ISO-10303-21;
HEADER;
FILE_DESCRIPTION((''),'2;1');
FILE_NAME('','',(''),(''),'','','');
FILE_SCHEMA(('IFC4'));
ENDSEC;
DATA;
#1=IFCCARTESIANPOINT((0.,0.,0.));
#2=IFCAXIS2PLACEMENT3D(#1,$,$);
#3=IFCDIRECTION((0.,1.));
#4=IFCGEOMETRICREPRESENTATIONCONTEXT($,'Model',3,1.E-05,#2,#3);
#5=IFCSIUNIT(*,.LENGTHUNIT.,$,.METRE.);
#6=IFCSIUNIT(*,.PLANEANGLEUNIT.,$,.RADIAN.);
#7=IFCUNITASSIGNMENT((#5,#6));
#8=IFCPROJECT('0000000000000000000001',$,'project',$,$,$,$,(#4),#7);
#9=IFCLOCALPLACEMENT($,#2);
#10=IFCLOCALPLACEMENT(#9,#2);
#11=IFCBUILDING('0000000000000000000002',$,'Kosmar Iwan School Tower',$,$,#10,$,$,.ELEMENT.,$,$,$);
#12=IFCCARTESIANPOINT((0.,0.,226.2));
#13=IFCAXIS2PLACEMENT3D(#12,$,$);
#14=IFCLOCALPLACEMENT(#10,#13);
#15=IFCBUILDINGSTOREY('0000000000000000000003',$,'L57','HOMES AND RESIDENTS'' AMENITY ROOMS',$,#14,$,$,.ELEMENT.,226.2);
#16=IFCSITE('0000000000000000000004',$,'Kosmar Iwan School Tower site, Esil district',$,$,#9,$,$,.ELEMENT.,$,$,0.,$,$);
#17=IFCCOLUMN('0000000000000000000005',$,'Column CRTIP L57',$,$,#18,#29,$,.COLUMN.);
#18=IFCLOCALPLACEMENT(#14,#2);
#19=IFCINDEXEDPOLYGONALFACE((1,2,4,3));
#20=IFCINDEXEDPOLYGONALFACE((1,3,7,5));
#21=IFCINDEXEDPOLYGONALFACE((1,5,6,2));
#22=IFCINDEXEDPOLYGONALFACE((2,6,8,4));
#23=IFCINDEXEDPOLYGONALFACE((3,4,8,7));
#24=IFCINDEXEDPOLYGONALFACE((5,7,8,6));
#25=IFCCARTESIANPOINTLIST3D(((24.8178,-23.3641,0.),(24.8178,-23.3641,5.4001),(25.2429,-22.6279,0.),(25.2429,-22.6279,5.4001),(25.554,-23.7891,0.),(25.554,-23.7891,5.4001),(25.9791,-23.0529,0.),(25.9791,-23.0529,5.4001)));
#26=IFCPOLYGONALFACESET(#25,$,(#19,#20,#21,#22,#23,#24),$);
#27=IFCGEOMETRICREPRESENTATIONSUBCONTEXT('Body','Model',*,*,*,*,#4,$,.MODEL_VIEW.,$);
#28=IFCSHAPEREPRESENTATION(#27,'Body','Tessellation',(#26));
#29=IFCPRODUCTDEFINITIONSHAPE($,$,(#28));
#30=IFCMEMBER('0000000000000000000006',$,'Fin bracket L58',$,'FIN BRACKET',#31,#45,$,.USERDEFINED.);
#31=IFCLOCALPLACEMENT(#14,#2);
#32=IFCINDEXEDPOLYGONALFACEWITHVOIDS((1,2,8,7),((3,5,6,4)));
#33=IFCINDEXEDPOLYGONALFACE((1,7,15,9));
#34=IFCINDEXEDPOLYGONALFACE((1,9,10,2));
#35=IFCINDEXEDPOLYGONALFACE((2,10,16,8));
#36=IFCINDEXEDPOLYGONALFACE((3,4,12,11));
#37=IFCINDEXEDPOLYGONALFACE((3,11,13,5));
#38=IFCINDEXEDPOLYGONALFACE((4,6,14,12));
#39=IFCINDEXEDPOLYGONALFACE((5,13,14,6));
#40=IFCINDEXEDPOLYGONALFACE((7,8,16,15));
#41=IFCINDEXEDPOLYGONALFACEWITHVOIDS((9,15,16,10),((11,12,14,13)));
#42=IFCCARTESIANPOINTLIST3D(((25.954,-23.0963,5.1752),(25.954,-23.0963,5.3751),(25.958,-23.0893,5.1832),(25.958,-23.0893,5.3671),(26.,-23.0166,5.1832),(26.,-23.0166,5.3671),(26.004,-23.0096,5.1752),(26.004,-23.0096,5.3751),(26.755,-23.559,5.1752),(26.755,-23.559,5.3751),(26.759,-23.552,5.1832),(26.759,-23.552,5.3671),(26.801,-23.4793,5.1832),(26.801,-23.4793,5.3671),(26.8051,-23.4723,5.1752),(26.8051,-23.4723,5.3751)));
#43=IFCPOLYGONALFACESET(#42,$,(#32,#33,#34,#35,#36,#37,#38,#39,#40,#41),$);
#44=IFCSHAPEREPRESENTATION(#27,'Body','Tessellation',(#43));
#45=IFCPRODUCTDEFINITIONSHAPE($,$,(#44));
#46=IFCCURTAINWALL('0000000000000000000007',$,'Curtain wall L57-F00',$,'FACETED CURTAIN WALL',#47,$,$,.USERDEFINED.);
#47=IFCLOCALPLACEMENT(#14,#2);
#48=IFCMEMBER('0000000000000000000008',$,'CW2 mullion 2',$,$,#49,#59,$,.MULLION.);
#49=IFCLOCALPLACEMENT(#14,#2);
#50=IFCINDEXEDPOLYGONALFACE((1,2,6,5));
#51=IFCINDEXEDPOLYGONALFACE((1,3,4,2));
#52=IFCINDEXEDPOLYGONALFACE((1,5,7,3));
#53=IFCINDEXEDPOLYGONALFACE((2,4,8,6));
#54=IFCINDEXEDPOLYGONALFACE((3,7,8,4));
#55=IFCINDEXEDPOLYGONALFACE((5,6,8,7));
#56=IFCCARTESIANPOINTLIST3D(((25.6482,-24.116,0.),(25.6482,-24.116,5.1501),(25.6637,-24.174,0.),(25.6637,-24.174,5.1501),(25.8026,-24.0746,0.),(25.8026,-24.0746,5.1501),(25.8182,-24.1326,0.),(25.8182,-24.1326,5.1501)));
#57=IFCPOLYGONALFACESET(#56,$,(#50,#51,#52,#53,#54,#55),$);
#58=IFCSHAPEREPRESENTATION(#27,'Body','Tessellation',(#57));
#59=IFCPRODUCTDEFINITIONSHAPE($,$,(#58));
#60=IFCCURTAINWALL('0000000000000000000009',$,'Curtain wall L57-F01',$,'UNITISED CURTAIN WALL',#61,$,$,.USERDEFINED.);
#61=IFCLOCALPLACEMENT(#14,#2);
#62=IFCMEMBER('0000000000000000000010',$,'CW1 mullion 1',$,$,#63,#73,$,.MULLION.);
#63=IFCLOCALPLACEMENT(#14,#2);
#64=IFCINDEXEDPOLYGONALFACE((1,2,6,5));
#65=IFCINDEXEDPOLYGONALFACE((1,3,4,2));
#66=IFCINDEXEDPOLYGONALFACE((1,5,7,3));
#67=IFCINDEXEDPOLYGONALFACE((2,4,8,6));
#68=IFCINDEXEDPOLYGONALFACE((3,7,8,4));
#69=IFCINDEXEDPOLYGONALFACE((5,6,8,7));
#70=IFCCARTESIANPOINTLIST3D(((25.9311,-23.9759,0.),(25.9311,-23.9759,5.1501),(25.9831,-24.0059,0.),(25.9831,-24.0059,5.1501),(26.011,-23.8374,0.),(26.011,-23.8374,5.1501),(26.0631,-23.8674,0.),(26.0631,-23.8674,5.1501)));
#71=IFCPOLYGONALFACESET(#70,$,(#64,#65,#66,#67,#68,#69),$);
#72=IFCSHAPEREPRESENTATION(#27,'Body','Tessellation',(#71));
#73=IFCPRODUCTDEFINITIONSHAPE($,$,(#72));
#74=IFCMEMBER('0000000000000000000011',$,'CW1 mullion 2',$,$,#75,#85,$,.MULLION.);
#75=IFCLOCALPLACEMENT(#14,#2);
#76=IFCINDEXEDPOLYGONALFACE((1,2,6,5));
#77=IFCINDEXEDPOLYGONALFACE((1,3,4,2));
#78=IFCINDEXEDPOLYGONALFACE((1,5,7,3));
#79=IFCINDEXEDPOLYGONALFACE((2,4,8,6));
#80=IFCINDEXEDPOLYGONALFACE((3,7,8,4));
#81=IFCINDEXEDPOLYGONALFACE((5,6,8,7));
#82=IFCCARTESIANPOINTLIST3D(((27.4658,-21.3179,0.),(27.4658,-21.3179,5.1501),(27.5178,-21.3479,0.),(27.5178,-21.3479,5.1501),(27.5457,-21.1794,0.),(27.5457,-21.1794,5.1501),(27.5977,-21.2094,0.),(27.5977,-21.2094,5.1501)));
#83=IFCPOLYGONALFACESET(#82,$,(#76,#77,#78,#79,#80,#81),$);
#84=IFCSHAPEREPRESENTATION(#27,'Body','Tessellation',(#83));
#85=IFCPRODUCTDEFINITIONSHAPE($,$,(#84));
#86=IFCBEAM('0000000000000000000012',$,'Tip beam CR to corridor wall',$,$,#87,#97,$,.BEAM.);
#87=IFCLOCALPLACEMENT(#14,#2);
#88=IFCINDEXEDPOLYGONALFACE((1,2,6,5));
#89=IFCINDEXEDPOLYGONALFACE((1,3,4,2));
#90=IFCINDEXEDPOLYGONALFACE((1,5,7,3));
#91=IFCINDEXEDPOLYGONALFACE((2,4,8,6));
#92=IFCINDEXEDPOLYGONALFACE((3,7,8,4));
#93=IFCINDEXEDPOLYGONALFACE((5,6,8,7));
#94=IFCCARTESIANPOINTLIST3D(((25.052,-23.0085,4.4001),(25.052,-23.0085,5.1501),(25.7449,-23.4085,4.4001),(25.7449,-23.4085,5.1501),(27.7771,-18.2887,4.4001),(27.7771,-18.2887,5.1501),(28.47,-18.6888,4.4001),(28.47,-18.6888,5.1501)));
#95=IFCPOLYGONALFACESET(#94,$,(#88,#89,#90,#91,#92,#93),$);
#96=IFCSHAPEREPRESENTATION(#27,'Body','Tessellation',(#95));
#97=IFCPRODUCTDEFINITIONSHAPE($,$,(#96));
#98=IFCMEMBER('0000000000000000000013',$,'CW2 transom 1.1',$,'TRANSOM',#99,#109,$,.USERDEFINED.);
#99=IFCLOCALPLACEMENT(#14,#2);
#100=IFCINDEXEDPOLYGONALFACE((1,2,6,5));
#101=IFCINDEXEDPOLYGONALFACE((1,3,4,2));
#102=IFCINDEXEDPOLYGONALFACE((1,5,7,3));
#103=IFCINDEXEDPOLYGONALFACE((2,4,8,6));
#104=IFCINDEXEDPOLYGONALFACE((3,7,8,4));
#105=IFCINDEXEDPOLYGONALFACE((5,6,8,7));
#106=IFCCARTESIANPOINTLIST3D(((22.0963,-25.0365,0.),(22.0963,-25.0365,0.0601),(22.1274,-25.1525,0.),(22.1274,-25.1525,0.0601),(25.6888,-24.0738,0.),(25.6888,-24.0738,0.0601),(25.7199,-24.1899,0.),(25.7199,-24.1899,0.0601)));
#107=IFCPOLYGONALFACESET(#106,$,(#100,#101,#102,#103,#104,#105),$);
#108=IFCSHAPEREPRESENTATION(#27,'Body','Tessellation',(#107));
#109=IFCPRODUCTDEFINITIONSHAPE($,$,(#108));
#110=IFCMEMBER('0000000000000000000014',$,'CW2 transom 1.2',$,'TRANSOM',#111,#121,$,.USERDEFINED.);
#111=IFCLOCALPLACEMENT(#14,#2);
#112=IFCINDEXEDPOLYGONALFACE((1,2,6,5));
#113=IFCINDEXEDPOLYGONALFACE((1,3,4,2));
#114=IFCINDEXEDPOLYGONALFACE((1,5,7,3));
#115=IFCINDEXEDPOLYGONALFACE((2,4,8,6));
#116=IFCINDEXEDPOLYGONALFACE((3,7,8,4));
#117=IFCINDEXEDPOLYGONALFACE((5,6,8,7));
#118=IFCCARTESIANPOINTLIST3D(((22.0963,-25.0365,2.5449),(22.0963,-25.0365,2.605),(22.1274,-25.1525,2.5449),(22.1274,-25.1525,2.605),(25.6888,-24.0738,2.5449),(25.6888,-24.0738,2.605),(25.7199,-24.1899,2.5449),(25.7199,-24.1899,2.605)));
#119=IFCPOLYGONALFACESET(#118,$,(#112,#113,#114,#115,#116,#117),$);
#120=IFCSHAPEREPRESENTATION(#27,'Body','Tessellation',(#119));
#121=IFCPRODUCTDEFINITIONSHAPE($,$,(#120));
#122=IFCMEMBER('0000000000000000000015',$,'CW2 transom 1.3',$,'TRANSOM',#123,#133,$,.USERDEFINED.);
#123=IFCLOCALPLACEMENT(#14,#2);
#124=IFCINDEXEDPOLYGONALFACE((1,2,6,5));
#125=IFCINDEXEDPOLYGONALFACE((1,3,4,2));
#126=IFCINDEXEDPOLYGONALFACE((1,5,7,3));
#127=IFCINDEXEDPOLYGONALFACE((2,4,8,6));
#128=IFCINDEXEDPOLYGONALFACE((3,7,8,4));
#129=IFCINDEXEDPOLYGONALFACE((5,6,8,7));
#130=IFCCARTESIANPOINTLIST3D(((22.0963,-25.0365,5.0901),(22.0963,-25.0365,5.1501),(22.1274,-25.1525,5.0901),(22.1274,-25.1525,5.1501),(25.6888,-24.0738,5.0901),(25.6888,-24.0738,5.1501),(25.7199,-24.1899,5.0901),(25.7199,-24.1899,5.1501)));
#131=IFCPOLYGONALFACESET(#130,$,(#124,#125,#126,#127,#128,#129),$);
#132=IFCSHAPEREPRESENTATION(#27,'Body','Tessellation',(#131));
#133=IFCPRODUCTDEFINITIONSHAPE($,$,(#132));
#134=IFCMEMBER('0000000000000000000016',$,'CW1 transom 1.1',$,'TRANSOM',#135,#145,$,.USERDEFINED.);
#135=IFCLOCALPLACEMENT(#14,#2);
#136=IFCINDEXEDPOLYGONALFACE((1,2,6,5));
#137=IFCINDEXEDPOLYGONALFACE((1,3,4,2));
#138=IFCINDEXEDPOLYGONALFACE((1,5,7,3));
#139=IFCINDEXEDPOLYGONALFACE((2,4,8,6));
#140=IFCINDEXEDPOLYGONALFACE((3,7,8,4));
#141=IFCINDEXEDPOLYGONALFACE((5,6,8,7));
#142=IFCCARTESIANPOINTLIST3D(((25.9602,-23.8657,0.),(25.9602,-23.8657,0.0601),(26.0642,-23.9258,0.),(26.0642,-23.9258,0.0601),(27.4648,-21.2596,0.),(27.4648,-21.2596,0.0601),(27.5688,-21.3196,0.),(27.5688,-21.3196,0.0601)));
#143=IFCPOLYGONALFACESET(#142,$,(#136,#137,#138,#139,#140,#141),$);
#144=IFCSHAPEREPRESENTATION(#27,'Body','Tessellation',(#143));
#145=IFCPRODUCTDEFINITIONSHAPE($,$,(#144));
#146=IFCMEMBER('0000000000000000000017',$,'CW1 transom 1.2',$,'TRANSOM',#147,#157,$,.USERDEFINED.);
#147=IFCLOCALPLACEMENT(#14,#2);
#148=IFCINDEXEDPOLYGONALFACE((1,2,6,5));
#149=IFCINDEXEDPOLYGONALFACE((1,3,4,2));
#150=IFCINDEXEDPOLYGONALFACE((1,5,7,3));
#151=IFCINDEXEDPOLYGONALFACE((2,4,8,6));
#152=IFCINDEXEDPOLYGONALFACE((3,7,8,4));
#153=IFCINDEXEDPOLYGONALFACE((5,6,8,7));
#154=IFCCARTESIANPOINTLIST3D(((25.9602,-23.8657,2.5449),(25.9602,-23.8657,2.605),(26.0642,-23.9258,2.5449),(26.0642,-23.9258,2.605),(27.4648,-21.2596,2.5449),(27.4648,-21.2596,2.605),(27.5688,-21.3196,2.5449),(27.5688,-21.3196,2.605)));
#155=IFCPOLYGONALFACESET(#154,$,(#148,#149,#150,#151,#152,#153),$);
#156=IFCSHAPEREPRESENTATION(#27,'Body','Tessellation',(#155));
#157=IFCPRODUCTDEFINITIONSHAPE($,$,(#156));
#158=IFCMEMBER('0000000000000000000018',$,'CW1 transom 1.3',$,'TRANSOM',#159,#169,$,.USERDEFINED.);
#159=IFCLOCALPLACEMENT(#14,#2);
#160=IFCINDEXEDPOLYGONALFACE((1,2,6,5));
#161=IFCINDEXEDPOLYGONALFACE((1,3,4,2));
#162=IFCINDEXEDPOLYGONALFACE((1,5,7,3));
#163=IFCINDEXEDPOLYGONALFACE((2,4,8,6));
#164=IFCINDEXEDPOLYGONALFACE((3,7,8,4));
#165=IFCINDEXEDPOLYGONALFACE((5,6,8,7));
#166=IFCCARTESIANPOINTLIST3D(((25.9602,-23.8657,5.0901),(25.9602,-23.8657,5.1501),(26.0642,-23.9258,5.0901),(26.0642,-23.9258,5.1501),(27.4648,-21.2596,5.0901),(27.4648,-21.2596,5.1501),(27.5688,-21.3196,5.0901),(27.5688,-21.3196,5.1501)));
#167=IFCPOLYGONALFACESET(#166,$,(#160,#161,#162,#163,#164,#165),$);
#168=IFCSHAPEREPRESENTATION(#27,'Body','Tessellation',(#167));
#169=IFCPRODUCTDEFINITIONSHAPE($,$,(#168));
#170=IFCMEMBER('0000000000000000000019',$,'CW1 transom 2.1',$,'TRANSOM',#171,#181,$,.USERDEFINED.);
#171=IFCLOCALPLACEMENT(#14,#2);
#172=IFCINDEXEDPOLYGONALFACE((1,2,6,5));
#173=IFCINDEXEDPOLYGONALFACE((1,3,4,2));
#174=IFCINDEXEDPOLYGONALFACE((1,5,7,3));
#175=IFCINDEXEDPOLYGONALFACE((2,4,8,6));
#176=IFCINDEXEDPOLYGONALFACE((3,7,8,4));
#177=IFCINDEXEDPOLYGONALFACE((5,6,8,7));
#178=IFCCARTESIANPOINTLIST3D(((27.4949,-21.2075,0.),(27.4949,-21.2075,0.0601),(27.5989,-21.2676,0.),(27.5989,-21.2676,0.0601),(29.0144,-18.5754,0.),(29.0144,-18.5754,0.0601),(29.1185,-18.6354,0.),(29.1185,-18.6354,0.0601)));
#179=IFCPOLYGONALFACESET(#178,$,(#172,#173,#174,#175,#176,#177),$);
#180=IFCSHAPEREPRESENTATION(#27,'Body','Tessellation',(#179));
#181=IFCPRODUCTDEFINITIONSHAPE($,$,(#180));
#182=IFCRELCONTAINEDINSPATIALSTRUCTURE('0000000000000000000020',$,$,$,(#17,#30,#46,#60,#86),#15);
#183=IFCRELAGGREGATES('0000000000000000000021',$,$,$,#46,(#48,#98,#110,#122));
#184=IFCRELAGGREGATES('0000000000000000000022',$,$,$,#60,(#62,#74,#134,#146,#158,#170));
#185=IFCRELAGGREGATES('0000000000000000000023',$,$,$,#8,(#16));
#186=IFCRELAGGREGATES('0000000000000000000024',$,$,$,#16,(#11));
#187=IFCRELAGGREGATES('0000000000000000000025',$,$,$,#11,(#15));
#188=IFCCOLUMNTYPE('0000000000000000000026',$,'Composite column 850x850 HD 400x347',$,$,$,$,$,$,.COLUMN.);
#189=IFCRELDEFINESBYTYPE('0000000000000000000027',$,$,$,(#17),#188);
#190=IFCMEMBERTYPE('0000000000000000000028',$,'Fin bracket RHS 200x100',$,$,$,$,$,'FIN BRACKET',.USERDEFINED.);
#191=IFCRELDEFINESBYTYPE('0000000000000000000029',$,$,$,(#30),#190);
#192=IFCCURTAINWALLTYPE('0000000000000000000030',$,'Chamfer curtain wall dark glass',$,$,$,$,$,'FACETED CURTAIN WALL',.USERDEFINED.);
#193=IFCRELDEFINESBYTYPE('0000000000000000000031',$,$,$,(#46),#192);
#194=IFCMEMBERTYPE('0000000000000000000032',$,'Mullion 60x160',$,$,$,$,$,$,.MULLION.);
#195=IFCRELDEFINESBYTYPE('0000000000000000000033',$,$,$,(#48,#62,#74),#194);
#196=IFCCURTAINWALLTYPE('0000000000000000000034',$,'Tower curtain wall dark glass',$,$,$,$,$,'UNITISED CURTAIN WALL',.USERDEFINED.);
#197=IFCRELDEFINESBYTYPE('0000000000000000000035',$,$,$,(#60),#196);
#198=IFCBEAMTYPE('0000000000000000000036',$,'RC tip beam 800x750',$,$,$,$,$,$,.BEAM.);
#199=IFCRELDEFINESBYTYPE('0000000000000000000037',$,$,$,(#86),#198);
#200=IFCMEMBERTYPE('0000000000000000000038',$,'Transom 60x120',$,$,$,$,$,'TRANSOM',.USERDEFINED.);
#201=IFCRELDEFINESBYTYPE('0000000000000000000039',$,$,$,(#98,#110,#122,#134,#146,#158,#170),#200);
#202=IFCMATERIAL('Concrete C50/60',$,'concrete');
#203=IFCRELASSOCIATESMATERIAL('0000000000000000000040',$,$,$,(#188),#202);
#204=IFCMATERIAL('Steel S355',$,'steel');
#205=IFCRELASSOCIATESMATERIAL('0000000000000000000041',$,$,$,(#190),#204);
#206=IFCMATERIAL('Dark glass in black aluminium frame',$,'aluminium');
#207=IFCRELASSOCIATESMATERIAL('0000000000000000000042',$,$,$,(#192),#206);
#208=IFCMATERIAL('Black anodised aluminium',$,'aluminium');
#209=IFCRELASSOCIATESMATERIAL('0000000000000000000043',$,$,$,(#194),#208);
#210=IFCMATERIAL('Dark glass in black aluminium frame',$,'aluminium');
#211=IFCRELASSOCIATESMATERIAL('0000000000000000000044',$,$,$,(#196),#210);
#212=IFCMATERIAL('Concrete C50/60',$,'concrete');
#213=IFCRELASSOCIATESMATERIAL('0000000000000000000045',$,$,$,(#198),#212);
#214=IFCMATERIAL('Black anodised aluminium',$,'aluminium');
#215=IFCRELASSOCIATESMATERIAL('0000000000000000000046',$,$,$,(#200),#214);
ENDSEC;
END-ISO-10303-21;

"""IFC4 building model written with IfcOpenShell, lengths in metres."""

from ifc_helpers import new_model, si_unit, direction, frame, origin, origin_2d, place, context, subcontext, project, spatial, rectangle, hollow_rectangle, extrude, material, material_profile, profile_set, type_object, element, aggregate, save


model = new_model("IFC4")

# Units and contexts
model_context = context("Model", 3, precision=1e-05, world=origin(), true_north=direction((0.0, 1.0)))
body_context = subcontext(model_context, "Body", "Model", "MODEL_VIEW")
ifc_project = project(units=[si_unit("LENGTHUNIT", "METRE"), si_unit("PLANEANGLEUNIT", "RADIAN")], contexts=[model_context])

# Site, building, storey
site_placement = place(None, origin())
site = spatial("IfcSite", under=ifc_project, at=site_placement, Name="Kosmar Iwan School Tower site, Esil district", CompositionType="ELEMENT", RefElevation=0.0)
building_placement = place(site_placement, origin())
building = spatial("IfcBuilding", under=site, at=building_placement, Name="Kosmar Iwan School Tower", CompositionType="ELEMENT")
storey_placement = place(building_placement, frame((0.0, 0.0, 226.2)))
storey = spatial("IfcBuildingStorey", under=building, at=storey_placement, Name="L57", Description="HOMES AND RESIDENTS' AMENITY ROOMS", CompositionType="ELEMENT", Elevation=226.2)

# Column
ifc_material_1 = material(Name="Concrete C50/60", Category="concrete")
ifc_material_profile_1 = material_profile(ifc_material_1, rectangle(XDim=0.8501, YDim=0.8501, at=origin_2d()), Name="RC 850x850 + HD 400x347")
ifc_profile_set_1 = profile_set([ifc_material_profile_1], Name="Concrete C50/60")
column_type = type_object("IfcColumnType", Name="Composite column 850x850 HD 400x347", PredefinedType="COLUMN", material=ifc_profile_set_1)
column_placement = place(storey_placement, frame((25.3984, -23.2085, 0.0), z_axis=(0.0, 0.0, 1.0), x_axis=(0.866025, -0.5, 0.0)))
element("IfcColumn", 1, at=column_placement, inside=storey, type_object=column_type, Name="Column CRTIP L57", PredefinedType="COLUMN", context=body_context, shape_type="SweptSolid", body=[
    extrude(rectangle(XDim=0.8501, YDim=0.8501, at=origin_2d()), origin(), (0.0, 0.0, 1.0), 5.4001),
])

# Member
ifc_material_2 = material(Name="Steel S355", Category="steel")
ifc_material_profile_2 = material_profile(ifc_material_2, hollow_rectangle(XDim=0.1001, YDim=0.2, WallThickness=0.0081, at=origin_2d()), Name="RHS 200x100x8")
ifc_profile_set_2 = profile_set([ifc_material_profile_2], Name="Steel S355")
member_type_1 = type_object("IfcMemberType", Name="Fin bracket RHS 200x100", ElementType="FIN BRACKET", PredefinedType="USERDEFINED", material=ifc_profile_set_2)
member_1_placement = place(storey_placement, frame((25.979, -23.053, 5.2751), z_axis=(0.865944, -0.500141, 0.0), x_axis=(0.500141, 0.865944, 0.0)))
element("IfcMember", 2, at=member_1_placement, inside=storey, type_object=member_type_1, Name="Fin bracket L58", ObjectType="FIN BRACKET", PredefinedType="USERDEFINED", context=body_context, shape_type="SweptSolid", body=[
    extrude(hollow_rectangle(XDim=0.1001, YDim=0.2, WallThickness=0.0081, at=origin_2d()), origin(), (0.0, 0.0, 1.0), 0.925),
])

# Curtain wall, member
ifc_material_3 = material(Name="Dark glass in black aluminium frame", Category="aluminium")
curtain_wall_type_1 = type_object("IfcCurtainWallType", Name="Chamfer curtain wall dark glass", ElementType="FACETED CURTAIN WALL", PredefinedType="USERDEFINED", material=ifc_material_3)
curtain_wall_1_placement = place(storey_placement, origin())
curtain_wall_1 = element("IfcCurtainWall", 3, at=curtain_wall_1_placement, inside=storey, type_object=curtain_wall_type_1, Name="Curtain wall L57-F00", ObjectType="FACETED CURTAIN WALL", PredefinedType="USERDEFINED")
ifc_material_4 = material(Name="Black anodised aluminium", Category="aluminium")
ifc_material_profile_3 = material_profile(ifc_material_4, rectangle(XDim=0.0601, YDim=0.1599, at=origin_2d()), Name="MULLION 60x160")
ifc_profile_set_3 = profile_set([ifc_material_profile_3], Name="Black anodised aluminium")
member_type_2 = type_object("IfcMemberType", Name="Mullion 60x160", PredefinedType="MULLION", material=ifc_profile_set_3)
member_2_placement = place(storey_placement, frame((25.7332, -24.1243, 0.0), z_axis=(0.0, 0.0, 1.0), x_axis=(-0.258819, 0.965926, 0.0)))
member_2 = element("IfcMember", 4, at=member_2_placement, type_object=member_type_2, Name="CW2 mullion 2", PredefinedType="MULLION", context=body_context, shape_type="SweptSolid", body=[
    extrude(rectangle(XDim=0.0601, YDim=0.1599, at=origin_2d()), origin(), (0.0, 0.0, 1.0), 5.1501),
])

# Curtain wall, members
ifc_material_5 = material(Name="Dark glass in black aluminium frame", Category="aluminium")
curtain_wall_type_2 = type_object("IfcCurtainWallType", Name="Tower curtain wall dark glass", ElementType="UNITISED CURTAIN WALL", PredefinedType="USERDEFINED", material=ifc_material_5)
curtain_wall_2_placement = place(storey_placement, origin())
curtain_wall_2 = element("IfcCurtainWall", 5, at=curtain_wall_2_placement, inside=storey, type_object=curtain_wall_type_2, Name="Curtain wall L57-F01", ObjectType="UNITISED CURTAIN WALL", PredefinedType="USERDEFINED")
member_3_placement = place(storey_placement, frame((25.9971, -23.9216, 0.0), z_axis=(0.0, 0.0, 1.0), x_axis=(-0.866025, 0.5, 0.0)))
member_3 = element("IfcMember", 6, at=member_3_placement, type_object=member_type_2, Name="CW1 mullion 1", PredefinedType="MULLION", context=body_context, shape_type="SweptSolid", body=[
    extrude(rectangle(XDim=0.0601, YDim=0.1599, at=origin_2d()), origin(), (0.0, 0.0, 1.0), 5.1501),
])
member_4_placement = place(storey_placement, frame((27.5317, -21.2637, 0.0), z_axis=(0.0, 0.0, 1.0), x_axis=(-0.866025, 0.5, 0.0)))
member_4 = element("IfcMember", 7, at=member_4_placement, type_object=member_type_2, Name="CW1 mullion 2", PredefinedType="MULLION", context=body_context, shape_type="SweptSolid", body=[
    extrude(rectangle(XDim=0.0601, YDim=0.1599, at=origin_2d()), origin(), (0.0, 0.0, 1.0), 5.1501),
])

# Beam
ifc_material_6 = material(Name="Concrete C50/60", Category="concrete")
ifc_material_profile_4 = material_profile(ifc_material_6, rectangle(XDim=0.8, YDim=0.75, at=origin_2d()), Name="RC 800x750")
ifc_profile_set_4 = profile_set([ifc_material_profile_4], Name="Concrete C50/60")
beam_type = type_object("IfcBeamType", Name="RC tip beam 800x750", PredefinedType="BEAM", material=ifc_profile_set_4)
beam_placement = place(storey_placement, frame((25.3984, -23.2085, 4.7751), z_axis=(0.500022, 0.866013, 0.0), x_axis=(-0.866013, 0.500022, 0.0)))
element("IfcBeam", 8, at=beam_placement, inside=storey, type_object=beam_type, Name="Tip beam CR to corridor wall", PredefinedType="BEAM", context=body_context, shape_type="SweptSolid", body=[
    extrude(rectangle(XDim=0.8, YDim=0.75, at=origin_2d()), origin(), (0.0, 0.0, 1.0), 5.45),
])

# Members
ifc_material_7 = material(Name="Black anodised aluminium", Category="aluminium")
ifc_material_profile_5 = material_profile(ifc_material_7, rectangle(XDim=0.1201, YDim=0.0601, at=origin_2d()), Name="TRANSOM 60x120")
ifc_profile_set_5 = profile_set([ifc_material_profile_5], Name="Black anodised aluminium")
member_type_3 = type_object("IfcMemberType", Name="Transom 60x120", ElementType="TRANSOM", PredefinedType="USERDEFINED", material=ifc_profile_set_5)
member_5_placement = place(storey_placement, frame((22.1118, -25.0945, 0.03), z_axis=(0.965924, 0.258827, 0.0), x_axis=(-0.258827, 0.965924, 0.0)))
member_5 = element("IfcMember", 9, at=member_5_placement, type_object=member_type_3, Name="CW2 transom 1.1", ObjectType="TRANSOM", PredefinedType="USERDEFINED", context=body_context, shape_type="SweptSolid", body=[
    extrude(rectangle(XDim=0.1201, YDim=0.0601, at=origin_2d()), origin(), (0.0, 0.0, 1.0), 3.7192),
])
member_6_placement = place(storey_placement, frame((22.1118, -25.0945, 2.575), z_axis=(0.965924, 0.258827, 0.0), x_axis=(-0.258827, 0.965924, 0.0)))
member_6 = element("IfcMember", 10, at=member_6_placement, type_object=member_type_3, Name="CW2 transom 1.2", ObjectType="TRANSOM", PredefinedType="USERDEFINED", context=body_context, shape_type="SweptSolid", body=[
    extrude(rectangle(XDim=0.1201, YDim=0.0601, at=origin_2d()), origin(), (0.0, 0.0, 1.0), 3.7192),
])
member_7_placement = place(storey_placement, frame((22.1118, -25.0945, 5.1201), z_axis=(0.965924, 0.258827, 0.0), x_axis=(-0.258827, 0.965924, 0.0)))
member_7 = element("IfcMember", 11, at=member_7_placement, type_object=member_type_3, Name="CW2 transom 1.3", ObjectType="TRANSOM", PredefinedType="USERDEFINED", context=body_context, shape_type="SweptSolid", body=[
    extrude(rectangle(XDim=0.1201, YDim=0.0601, at=origin_2d()), origin(), (0.0, 0.0, 1.0), 3.7192),
])
member_8_placement = place(storey_placement, frame((26.0122, -23.8958, 0.03), z_axis=(0.499987, 0.866033, 0.0), x_axis=(-0.866033, 0.499987, 0.0)))
member_8 = element("IfcMember", 12, at=member_8_placement, type_object=member_type_3, Name="CW1 transom 1.1", ObjectType="TRANSOM", PredefinedType="USERDEFINED", context=body_context, shape_type="SweptSolid", body=[
    extrude(rectangle(XDim=0.1201, YDim=0.0601, at=origin_2d()), origin(), (0.0, 0.0, 1.0), 3.0093),
])
member_9_placement = place(storey_placement, frame((26.0122, -23.8958, 2.575), z_axis=(0.499987, 0.866033, 0.0), x_axis=(-0.866033, 0.499987, 0.0)))
member_9 = element("IfcMember", 13, at=member_9_placement, type_object=member_type_3, Name="CW1 transom 1.2", ObjectType="TRANSOM", PredefinedType="USERDEFINED", context=body_context, shape_type="SweptSolid", body=[
    extrude(rectangle(XDim=0.1201, YDim=0.0601, at=origin_2d()), origin(), (0.0, 0.0, 1.0), 3.0093),
])
member_10_placement = place(storey_placement, frame((26.0122, -23.8958, 5.1201), z_axis=(0.499987, 0.866033, 0.0), x_axis=(-0.866033, 0.499987, 0.0)))
member_10 = element("IfcMember", 14, at=member_10_placement, type_object=member_type_3, Name="CW1 transom 1.3", ObjectType="TRANSOM", PredefinedType="USERDEFINED", context=body_context, shape_type="SweptSolid", body=[
    extrude(rectangle(XDim=0.1201, YDim=0.0601, at=origin_2d()), origin(), (0.0, 0.0, 1.0), 3.0093),
])
member_11_placement = place(storey_placement, frame((27.5469, -21.2375, 0.03), z_axis=(0.499975, 0.86604, 0.0), x_axis=(-0.86604, 0.499975, 0.0)))
member_11 = element("IfcMember", 15, at=member_11_placement, type_object=member_type_3, Name="CW1 transom 2.1", ObjectType="TRANSOM", PredefinedType="USERDEFINED", context=body_context, shape_type="SweptSolid", body=[
    extrude(rectangle(XDim=0.1201, YDim=0.0601, at=origin_2d()), origin(), (0.0, 0.0, 1.0), 3.0393),
])

aggregate(curtain_wall_1, [member_2, member_5, member_6, member_7])
aggregate(curtain_wall_2, [member_3, member_4, member_8, member_9, member_10, member_11])

save(model, "model.ifc")
